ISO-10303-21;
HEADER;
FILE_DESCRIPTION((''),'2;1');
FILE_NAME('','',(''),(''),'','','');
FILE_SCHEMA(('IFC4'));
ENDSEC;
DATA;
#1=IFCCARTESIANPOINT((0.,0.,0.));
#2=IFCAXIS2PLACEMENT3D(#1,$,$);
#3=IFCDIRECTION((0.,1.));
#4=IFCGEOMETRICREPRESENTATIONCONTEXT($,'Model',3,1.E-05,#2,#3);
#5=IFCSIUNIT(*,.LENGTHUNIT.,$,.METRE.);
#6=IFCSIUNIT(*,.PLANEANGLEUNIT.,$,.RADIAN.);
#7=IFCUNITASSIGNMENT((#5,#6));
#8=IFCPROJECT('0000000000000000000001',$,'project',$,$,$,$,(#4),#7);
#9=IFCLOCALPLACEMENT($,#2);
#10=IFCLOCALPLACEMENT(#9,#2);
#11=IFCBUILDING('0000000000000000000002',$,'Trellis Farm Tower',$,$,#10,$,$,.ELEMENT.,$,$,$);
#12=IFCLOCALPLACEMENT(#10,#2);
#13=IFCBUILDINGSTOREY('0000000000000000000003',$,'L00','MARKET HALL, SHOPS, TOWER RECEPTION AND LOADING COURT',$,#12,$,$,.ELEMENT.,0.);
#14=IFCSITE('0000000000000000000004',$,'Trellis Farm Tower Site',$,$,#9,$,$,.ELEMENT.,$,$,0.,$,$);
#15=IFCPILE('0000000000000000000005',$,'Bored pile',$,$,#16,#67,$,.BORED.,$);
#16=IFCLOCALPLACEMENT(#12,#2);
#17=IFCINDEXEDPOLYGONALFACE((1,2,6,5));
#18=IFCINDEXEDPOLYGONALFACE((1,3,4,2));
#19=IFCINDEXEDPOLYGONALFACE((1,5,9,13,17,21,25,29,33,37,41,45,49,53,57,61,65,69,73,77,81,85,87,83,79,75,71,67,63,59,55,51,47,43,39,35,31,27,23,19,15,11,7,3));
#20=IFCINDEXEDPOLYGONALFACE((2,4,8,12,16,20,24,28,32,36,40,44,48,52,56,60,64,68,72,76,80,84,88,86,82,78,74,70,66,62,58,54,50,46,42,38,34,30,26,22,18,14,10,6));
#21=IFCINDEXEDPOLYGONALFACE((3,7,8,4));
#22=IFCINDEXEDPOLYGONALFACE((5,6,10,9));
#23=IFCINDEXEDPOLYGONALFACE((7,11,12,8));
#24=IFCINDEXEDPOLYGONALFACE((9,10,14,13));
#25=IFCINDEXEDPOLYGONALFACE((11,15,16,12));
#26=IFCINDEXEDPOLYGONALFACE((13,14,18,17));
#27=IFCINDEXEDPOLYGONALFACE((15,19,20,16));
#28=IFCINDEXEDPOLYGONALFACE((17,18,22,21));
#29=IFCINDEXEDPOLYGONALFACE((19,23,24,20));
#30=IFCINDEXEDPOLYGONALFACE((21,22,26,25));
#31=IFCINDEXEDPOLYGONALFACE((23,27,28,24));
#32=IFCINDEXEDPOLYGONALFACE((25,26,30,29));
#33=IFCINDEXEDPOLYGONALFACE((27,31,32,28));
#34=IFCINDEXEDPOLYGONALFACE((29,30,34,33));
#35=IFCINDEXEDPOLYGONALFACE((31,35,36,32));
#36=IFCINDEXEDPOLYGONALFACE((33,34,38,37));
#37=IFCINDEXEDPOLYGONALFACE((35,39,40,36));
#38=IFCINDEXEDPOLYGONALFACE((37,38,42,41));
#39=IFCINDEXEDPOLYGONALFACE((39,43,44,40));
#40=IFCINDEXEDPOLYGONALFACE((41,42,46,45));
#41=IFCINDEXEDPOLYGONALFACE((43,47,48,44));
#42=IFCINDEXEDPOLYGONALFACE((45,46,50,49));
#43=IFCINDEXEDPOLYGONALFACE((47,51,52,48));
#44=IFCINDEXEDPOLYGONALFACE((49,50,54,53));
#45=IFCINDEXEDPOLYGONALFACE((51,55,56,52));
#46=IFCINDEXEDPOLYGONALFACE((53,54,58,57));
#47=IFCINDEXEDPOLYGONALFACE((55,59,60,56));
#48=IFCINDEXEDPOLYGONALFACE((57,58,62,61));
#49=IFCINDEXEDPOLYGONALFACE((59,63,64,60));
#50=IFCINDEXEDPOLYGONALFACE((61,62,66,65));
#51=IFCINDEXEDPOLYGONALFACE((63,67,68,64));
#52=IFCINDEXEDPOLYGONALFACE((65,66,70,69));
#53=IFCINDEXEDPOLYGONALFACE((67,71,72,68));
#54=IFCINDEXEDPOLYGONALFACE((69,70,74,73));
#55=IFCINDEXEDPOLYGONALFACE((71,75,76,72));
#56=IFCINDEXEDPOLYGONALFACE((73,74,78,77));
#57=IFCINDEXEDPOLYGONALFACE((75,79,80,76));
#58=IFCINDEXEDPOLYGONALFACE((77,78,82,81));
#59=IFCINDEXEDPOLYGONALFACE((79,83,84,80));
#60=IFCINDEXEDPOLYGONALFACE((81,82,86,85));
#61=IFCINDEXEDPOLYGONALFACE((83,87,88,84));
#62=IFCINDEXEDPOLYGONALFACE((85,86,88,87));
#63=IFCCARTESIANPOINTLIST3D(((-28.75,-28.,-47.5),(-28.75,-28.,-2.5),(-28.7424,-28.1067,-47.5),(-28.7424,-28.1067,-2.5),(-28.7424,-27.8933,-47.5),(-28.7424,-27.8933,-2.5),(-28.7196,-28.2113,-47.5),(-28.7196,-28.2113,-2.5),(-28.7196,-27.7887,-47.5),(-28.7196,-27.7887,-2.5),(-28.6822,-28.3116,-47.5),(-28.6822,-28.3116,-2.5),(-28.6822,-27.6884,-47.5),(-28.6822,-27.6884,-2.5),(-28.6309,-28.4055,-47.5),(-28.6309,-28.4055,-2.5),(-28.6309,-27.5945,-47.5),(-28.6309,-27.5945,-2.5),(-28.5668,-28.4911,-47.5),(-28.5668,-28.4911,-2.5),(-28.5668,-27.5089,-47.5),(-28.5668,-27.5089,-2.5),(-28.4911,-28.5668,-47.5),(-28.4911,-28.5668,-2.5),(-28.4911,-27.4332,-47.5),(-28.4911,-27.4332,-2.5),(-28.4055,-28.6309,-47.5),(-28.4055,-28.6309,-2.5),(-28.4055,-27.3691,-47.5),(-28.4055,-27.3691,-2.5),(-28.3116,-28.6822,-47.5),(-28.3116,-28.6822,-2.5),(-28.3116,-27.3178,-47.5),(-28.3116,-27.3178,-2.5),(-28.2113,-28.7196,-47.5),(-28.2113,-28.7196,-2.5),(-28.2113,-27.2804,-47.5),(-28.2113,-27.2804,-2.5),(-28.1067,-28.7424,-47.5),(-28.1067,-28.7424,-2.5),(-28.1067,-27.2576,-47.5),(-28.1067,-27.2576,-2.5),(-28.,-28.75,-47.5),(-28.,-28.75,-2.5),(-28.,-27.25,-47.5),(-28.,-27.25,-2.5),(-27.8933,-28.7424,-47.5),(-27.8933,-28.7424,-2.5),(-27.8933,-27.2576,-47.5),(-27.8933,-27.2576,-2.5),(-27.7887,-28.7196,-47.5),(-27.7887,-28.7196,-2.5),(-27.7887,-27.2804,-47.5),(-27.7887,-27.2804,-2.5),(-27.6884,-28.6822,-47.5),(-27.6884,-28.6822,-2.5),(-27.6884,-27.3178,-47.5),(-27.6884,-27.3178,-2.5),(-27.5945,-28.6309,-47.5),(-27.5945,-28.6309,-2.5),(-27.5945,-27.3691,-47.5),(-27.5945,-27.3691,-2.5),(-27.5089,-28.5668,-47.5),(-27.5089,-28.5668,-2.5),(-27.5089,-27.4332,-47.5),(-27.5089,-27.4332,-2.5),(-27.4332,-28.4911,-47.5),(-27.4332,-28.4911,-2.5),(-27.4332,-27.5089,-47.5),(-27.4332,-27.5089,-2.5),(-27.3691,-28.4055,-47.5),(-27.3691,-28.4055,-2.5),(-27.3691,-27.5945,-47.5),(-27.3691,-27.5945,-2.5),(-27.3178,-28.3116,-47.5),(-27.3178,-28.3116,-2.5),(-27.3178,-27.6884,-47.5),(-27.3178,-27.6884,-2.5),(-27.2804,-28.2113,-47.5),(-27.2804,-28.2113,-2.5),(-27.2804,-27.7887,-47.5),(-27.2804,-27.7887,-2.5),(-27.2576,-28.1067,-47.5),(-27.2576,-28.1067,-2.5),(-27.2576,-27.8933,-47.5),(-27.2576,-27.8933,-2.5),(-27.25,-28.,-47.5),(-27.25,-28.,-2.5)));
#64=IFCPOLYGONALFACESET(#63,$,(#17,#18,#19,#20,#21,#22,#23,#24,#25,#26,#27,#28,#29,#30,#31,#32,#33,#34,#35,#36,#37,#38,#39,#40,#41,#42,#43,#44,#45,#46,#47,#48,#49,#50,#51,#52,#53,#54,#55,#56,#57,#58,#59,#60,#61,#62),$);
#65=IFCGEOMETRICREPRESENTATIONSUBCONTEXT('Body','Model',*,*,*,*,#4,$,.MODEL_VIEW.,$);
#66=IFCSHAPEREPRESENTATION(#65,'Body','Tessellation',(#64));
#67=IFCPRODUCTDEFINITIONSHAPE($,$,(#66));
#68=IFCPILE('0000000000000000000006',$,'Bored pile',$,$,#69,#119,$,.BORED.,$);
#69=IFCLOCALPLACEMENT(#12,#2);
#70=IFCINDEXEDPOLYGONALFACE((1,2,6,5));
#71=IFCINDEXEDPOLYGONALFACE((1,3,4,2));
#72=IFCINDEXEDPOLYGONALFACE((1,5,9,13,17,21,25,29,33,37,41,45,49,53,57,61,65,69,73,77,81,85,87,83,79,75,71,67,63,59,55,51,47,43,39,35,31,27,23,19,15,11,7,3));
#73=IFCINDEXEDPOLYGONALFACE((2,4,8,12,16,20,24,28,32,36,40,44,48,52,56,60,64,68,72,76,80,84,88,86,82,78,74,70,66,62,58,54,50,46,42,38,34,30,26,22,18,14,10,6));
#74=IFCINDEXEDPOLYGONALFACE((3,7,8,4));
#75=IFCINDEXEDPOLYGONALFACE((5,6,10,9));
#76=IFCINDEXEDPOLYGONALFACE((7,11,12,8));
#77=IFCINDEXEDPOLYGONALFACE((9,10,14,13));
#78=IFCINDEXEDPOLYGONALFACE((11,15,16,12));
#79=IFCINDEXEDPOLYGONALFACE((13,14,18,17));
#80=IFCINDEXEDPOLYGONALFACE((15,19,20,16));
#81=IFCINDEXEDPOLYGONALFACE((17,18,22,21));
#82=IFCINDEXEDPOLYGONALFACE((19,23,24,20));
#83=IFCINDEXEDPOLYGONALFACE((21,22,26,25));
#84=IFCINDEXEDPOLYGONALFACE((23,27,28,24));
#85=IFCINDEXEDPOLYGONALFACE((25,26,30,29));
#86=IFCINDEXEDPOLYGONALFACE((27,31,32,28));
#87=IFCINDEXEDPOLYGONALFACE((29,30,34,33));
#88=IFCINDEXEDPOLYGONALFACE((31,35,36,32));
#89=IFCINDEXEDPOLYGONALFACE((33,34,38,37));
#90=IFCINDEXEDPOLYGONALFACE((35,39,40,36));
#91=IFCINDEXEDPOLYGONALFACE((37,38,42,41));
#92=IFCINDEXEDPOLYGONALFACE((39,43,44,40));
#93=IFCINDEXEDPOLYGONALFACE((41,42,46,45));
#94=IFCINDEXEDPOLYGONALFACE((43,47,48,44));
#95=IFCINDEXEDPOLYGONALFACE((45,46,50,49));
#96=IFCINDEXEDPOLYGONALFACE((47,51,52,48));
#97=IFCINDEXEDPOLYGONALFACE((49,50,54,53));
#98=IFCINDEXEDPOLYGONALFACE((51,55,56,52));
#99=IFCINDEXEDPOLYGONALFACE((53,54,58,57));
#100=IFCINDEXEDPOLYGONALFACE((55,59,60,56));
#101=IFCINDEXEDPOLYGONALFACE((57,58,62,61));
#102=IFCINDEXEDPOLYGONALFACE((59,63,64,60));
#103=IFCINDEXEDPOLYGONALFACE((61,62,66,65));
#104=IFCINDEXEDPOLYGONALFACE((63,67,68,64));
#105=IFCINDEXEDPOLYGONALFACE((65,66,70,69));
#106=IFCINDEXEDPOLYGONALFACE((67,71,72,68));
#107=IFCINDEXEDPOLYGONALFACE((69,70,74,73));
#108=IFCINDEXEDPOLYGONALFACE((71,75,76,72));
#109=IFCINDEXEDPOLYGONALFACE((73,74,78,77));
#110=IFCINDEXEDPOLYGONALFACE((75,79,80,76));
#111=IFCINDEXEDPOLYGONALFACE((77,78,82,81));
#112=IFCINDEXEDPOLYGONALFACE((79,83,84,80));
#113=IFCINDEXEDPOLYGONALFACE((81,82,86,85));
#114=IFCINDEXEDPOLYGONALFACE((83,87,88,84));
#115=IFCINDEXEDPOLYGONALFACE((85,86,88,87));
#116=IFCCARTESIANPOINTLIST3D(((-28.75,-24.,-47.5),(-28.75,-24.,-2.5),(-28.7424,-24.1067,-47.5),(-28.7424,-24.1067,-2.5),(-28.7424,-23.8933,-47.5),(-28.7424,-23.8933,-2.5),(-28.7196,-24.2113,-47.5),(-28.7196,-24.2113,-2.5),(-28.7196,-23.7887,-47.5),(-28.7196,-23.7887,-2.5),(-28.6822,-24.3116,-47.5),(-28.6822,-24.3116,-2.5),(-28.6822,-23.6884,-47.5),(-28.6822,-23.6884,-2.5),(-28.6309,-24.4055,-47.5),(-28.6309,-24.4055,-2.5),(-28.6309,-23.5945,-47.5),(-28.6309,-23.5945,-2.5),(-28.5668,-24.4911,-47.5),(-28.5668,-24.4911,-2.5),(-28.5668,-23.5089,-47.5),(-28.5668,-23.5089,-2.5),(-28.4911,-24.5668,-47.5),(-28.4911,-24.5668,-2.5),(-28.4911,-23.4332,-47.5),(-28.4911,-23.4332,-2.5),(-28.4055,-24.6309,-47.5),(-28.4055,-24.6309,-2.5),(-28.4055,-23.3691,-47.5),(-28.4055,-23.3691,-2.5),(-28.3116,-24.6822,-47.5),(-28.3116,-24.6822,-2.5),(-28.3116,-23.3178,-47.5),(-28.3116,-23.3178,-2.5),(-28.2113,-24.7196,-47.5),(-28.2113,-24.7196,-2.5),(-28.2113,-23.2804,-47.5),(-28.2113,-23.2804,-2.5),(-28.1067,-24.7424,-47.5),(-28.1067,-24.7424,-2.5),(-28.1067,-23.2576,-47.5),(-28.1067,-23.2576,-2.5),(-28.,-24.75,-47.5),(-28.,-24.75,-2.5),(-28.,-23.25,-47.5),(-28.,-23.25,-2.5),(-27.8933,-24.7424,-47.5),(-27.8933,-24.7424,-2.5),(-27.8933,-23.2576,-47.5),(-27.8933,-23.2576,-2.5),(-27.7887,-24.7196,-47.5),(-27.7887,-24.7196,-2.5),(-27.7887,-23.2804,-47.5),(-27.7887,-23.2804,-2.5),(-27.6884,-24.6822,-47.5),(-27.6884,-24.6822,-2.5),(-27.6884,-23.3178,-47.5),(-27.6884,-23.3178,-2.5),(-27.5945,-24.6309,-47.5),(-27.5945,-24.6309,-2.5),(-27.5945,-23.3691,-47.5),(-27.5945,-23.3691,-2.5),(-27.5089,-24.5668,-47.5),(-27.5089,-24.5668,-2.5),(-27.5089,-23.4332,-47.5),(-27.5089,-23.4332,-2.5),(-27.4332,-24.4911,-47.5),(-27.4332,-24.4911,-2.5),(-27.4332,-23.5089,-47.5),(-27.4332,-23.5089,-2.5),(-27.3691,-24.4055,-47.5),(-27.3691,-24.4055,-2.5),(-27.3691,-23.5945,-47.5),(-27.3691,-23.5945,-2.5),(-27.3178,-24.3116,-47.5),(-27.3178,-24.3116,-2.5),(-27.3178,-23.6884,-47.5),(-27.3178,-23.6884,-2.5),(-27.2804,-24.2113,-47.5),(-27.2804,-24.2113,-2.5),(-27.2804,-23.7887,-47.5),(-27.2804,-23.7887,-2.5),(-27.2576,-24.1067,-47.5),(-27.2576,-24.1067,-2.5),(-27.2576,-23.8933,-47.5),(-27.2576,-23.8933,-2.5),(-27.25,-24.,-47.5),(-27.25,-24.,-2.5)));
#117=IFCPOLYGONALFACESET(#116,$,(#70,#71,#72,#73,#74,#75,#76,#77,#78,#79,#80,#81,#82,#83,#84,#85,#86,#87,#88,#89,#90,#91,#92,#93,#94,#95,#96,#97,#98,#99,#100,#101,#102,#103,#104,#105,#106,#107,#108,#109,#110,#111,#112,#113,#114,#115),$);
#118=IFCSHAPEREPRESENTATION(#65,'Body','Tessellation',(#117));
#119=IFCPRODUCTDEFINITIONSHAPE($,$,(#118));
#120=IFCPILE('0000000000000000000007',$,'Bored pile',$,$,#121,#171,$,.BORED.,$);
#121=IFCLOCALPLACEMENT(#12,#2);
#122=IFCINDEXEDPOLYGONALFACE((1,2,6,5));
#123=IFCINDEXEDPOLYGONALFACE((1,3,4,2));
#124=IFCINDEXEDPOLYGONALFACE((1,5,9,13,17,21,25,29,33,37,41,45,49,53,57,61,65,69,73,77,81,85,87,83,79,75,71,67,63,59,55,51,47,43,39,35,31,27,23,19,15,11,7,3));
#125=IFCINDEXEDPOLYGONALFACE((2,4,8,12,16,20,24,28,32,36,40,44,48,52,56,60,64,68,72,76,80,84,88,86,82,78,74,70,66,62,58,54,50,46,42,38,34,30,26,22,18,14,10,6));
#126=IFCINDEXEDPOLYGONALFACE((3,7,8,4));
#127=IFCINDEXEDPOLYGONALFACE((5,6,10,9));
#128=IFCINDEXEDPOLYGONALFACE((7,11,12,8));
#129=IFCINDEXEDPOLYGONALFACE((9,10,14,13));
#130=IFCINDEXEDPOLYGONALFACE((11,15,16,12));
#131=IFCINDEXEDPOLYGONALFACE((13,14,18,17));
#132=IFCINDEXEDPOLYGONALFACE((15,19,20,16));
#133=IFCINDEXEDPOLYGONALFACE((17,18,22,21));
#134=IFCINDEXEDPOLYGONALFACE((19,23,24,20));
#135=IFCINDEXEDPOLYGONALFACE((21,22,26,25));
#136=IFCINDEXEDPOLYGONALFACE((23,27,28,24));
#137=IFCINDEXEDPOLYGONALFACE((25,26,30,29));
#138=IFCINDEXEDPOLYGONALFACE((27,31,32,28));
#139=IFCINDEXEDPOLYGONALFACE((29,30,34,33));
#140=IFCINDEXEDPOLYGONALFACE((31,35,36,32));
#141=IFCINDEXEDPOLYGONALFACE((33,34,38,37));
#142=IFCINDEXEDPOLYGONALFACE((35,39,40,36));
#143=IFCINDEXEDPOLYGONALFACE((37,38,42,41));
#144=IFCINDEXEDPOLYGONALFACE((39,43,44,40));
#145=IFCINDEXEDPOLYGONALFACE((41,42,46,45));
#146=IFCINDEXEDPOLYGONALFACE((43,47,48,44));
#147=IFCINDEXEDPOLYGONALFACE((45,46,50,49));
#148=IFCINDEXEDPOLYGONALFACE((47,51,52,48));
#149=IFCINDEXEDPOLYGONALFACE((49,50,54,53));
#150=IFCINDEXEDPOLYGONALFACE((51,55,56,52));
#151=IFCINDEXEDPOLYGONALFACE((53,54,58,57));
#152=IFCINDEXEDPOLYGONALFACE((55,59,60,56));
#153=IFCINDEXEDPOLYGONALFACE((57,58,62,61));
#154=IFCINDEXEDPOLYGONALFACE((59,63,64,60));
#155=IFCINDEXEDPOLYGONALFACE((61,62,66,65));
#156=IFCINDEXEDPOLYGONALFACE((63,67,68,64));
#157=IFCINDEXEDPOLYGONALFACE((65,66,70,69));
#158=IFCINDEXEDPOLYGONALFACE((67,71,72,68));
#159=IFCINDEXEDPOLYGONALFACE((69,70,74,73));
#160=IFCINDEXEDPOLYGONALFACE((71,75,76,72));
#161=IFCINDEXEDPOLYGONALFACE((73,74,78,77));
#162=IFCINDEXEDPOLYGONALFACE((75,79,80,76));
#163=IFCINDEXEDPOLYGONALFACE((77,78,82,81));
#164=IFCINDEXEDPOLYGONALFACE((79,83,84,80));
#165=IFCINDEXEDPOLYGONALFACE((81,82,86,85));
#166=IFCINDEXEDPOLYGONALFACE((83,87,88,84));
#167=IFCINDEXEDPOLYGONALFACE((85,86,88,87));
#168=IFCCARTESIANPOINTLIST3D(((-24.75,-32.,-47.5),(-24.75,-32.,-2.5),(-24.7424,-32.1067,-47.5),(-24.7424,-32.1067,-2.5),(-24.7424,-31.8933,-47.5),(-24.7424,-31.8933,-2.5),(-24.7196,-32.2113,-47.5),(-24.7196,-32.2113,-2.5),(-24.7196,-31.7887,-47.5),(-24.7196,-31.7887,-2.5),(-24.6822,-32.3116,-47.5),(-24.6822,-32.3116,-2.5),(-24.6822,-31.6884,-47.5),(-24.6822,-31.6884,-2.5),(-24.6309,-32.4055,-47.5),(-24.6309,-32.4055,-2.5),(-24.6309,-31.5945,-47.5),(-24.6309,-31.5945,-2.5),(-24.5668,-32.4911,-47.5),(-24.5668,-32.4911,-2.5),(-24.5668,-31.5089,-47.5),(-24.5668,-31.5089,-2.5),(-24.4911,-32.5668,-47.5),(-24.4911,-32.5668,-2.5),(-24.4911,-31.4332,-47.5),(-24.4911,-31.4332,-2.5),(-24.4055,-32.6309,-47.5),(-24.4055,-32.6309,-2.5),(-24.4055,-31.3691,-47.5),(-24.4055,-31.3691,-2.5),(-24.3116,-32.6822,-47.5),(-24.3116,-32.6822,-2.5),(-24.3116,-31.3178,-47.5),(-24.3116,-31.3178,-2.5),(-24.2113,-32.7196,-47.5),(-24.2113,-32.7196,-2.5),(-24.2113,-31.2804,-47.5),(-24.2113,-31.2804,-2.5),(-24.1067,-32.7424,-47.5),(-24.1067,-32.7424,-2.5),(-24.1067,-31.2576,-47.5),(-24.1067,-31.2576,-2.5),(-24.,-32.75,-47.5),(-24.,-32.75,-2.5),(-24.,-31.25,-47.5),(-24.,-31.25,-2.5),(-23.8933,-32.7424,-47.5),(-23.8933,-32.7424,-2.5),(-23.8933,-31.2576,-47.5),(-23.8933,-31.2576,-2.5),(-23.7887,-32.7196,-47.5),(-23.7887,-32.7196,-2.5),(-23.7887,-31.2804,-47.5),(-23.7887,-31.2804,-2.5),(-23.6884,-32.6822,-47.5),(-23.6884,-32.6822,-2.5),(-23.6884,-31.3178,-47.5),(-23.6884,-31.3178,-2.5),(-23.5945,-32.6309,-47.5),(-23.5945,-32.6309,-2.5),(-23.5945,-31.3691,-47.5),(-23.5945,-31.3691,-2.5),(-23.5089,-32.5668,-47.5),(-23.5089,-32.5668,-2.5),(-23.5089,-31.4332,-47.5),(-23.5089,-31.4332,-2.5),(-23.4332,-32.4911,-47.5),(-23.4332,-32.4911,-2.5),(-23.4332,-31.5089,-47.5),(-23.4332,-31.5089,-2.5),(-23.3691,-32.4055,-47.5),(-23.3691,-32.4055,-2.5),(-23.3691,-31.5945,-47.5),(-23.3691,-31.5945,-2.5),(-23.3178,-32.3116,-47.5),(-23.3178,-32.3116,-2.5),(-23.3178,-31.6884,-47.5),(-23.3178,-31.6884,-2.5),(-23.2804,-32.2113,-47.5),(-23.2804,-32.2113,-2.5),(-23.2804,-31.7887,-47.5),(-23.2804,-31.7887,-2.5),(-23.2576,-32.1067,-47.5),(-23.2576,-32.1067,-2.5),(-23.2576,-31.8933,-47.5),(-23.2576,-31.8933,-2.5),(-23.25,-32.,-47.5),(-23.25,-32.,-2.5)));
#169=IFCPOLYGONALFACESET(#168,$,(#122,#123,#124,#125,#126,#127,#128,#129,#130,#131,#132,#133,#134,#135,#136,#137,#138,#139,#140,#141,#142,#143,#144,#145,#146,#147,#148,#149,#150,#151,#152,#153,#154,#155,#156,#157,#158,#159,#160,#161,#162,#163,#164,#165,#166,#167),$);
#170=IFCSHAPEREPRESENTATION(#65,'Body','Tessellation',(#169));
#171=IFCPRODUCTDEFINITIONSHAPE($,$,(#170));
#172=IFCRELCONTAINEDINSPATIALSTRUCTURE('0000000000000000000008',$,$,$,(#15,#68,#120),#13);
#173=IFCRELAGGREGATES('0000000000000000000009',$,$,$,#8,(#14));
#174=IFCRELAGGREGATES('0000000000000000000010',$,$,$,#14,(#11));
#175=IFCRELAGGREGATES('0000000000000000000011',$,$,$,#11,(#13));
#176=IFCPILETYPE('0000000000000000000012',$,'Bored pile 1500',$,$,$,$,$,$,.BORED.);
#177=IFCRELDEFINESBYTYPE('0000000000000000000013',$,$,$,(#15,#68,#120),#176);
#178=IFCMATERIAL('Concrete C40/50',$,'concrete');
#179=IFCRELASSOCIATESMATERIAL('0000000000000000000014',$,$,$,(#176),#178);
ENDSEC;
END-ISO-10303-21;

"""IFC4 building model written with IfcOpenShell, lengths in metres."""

from ifc_helpers import new_model, si_unit, direction, frame, origin, origin_2d, place, context, subcontext, project, spatial, circle, extrude, source, transform, mapped, material, material_profile, profile_set, type_object, element, save


model = new_model("IFC4")

# Units and contexts
model_context = context("Model", 3, precision=1e-05, world=origin(), true_north=direction((0.0, 1.0)))
body_context = subcontext(model_context, "Body", "Model", "MODEL_VIEW")
ifc_project = project(units=[si_unit("LENGTHUNIT", "METRE"), si_unit("PLANEANGLEUNIT", "RADIAN")], contexts=[model_context])

# Site, building, storey
site_placement = place(None, origin())
site = spatial("IfcSite", under=ifc_project, at=site_placement, Name="Trellis Farm Tower Site", CompositionType="ELEMENT", RefElevation=0.0)
building_placement = place(site_placement, origin())
building = spatial("IfcBuilding", under=site, at=building_placement, Name="Trellis Farm Tower", CompositionType="ELEMENT")
storey_placement = place(building_placement, origin())
storey = spatial("IfcBuildingStorey", under=building, at=storey_placement, Name="L00", Description="MARKET HALL, SHOPS, TOWER RECEPTION AND LOADING COURT", CompositionType="ELEMENT", Elevation=0.0)

# Piles
ifc_material_1 = material(Name="Concrete C40/50", Category="concrete")
ifc_material_profile_1 = material_profile(ifc_material_1, circle(Radius=0.75, at=origin_2d()), Name="Bored pile 1500")
ifc_profile_set_1 = profile_set([ifc_material_profile_1], Name="Concrete C40/50")
pile_type = type_object("IfcPileType", Name="Bored pile 1500", PredefinedType="BORED", material=ifc_profile_set_1)
shared_shape_1 = source(origin(), body_context, "Body", "SweptSolid", [
    extrude(circle(Radius=0.75, at=origin_2d()), origin(), (0.0, 0.0, 1.0), 45.0),
])
for number, where, z_axis, x_axis, name in (
    (1, (-28.0, -28.0, -2.5), (0.0, 0.0, -1.0), (1.0, 0.0, 0.0), "Bored pile"),
    (2, (-28.0, -24.0, -2.5), (0.0, 0.0, -1.0), (1.0, 0.0, 0.0), "Bored pile"),
    (3, (-24.0, -32.0, -2.5), (0.0, 0.0, -1.0), (1.0, 0.0, 0.0), "Bored pile"),
):
    element("IfcPile", number, at=place(storey_placement, frame(where, z_axis=z_axis, x_axis=x_axis)), inside=storey, type_object=pile_type, Name=name, PredefinedType="BORED", context=body_context, shape_type="MappedRepresentation", body=[
        mapped(shared_shape_1, transform((0.0, 0.0, 0.0))),
    ])

save(model, "model.ifc")
